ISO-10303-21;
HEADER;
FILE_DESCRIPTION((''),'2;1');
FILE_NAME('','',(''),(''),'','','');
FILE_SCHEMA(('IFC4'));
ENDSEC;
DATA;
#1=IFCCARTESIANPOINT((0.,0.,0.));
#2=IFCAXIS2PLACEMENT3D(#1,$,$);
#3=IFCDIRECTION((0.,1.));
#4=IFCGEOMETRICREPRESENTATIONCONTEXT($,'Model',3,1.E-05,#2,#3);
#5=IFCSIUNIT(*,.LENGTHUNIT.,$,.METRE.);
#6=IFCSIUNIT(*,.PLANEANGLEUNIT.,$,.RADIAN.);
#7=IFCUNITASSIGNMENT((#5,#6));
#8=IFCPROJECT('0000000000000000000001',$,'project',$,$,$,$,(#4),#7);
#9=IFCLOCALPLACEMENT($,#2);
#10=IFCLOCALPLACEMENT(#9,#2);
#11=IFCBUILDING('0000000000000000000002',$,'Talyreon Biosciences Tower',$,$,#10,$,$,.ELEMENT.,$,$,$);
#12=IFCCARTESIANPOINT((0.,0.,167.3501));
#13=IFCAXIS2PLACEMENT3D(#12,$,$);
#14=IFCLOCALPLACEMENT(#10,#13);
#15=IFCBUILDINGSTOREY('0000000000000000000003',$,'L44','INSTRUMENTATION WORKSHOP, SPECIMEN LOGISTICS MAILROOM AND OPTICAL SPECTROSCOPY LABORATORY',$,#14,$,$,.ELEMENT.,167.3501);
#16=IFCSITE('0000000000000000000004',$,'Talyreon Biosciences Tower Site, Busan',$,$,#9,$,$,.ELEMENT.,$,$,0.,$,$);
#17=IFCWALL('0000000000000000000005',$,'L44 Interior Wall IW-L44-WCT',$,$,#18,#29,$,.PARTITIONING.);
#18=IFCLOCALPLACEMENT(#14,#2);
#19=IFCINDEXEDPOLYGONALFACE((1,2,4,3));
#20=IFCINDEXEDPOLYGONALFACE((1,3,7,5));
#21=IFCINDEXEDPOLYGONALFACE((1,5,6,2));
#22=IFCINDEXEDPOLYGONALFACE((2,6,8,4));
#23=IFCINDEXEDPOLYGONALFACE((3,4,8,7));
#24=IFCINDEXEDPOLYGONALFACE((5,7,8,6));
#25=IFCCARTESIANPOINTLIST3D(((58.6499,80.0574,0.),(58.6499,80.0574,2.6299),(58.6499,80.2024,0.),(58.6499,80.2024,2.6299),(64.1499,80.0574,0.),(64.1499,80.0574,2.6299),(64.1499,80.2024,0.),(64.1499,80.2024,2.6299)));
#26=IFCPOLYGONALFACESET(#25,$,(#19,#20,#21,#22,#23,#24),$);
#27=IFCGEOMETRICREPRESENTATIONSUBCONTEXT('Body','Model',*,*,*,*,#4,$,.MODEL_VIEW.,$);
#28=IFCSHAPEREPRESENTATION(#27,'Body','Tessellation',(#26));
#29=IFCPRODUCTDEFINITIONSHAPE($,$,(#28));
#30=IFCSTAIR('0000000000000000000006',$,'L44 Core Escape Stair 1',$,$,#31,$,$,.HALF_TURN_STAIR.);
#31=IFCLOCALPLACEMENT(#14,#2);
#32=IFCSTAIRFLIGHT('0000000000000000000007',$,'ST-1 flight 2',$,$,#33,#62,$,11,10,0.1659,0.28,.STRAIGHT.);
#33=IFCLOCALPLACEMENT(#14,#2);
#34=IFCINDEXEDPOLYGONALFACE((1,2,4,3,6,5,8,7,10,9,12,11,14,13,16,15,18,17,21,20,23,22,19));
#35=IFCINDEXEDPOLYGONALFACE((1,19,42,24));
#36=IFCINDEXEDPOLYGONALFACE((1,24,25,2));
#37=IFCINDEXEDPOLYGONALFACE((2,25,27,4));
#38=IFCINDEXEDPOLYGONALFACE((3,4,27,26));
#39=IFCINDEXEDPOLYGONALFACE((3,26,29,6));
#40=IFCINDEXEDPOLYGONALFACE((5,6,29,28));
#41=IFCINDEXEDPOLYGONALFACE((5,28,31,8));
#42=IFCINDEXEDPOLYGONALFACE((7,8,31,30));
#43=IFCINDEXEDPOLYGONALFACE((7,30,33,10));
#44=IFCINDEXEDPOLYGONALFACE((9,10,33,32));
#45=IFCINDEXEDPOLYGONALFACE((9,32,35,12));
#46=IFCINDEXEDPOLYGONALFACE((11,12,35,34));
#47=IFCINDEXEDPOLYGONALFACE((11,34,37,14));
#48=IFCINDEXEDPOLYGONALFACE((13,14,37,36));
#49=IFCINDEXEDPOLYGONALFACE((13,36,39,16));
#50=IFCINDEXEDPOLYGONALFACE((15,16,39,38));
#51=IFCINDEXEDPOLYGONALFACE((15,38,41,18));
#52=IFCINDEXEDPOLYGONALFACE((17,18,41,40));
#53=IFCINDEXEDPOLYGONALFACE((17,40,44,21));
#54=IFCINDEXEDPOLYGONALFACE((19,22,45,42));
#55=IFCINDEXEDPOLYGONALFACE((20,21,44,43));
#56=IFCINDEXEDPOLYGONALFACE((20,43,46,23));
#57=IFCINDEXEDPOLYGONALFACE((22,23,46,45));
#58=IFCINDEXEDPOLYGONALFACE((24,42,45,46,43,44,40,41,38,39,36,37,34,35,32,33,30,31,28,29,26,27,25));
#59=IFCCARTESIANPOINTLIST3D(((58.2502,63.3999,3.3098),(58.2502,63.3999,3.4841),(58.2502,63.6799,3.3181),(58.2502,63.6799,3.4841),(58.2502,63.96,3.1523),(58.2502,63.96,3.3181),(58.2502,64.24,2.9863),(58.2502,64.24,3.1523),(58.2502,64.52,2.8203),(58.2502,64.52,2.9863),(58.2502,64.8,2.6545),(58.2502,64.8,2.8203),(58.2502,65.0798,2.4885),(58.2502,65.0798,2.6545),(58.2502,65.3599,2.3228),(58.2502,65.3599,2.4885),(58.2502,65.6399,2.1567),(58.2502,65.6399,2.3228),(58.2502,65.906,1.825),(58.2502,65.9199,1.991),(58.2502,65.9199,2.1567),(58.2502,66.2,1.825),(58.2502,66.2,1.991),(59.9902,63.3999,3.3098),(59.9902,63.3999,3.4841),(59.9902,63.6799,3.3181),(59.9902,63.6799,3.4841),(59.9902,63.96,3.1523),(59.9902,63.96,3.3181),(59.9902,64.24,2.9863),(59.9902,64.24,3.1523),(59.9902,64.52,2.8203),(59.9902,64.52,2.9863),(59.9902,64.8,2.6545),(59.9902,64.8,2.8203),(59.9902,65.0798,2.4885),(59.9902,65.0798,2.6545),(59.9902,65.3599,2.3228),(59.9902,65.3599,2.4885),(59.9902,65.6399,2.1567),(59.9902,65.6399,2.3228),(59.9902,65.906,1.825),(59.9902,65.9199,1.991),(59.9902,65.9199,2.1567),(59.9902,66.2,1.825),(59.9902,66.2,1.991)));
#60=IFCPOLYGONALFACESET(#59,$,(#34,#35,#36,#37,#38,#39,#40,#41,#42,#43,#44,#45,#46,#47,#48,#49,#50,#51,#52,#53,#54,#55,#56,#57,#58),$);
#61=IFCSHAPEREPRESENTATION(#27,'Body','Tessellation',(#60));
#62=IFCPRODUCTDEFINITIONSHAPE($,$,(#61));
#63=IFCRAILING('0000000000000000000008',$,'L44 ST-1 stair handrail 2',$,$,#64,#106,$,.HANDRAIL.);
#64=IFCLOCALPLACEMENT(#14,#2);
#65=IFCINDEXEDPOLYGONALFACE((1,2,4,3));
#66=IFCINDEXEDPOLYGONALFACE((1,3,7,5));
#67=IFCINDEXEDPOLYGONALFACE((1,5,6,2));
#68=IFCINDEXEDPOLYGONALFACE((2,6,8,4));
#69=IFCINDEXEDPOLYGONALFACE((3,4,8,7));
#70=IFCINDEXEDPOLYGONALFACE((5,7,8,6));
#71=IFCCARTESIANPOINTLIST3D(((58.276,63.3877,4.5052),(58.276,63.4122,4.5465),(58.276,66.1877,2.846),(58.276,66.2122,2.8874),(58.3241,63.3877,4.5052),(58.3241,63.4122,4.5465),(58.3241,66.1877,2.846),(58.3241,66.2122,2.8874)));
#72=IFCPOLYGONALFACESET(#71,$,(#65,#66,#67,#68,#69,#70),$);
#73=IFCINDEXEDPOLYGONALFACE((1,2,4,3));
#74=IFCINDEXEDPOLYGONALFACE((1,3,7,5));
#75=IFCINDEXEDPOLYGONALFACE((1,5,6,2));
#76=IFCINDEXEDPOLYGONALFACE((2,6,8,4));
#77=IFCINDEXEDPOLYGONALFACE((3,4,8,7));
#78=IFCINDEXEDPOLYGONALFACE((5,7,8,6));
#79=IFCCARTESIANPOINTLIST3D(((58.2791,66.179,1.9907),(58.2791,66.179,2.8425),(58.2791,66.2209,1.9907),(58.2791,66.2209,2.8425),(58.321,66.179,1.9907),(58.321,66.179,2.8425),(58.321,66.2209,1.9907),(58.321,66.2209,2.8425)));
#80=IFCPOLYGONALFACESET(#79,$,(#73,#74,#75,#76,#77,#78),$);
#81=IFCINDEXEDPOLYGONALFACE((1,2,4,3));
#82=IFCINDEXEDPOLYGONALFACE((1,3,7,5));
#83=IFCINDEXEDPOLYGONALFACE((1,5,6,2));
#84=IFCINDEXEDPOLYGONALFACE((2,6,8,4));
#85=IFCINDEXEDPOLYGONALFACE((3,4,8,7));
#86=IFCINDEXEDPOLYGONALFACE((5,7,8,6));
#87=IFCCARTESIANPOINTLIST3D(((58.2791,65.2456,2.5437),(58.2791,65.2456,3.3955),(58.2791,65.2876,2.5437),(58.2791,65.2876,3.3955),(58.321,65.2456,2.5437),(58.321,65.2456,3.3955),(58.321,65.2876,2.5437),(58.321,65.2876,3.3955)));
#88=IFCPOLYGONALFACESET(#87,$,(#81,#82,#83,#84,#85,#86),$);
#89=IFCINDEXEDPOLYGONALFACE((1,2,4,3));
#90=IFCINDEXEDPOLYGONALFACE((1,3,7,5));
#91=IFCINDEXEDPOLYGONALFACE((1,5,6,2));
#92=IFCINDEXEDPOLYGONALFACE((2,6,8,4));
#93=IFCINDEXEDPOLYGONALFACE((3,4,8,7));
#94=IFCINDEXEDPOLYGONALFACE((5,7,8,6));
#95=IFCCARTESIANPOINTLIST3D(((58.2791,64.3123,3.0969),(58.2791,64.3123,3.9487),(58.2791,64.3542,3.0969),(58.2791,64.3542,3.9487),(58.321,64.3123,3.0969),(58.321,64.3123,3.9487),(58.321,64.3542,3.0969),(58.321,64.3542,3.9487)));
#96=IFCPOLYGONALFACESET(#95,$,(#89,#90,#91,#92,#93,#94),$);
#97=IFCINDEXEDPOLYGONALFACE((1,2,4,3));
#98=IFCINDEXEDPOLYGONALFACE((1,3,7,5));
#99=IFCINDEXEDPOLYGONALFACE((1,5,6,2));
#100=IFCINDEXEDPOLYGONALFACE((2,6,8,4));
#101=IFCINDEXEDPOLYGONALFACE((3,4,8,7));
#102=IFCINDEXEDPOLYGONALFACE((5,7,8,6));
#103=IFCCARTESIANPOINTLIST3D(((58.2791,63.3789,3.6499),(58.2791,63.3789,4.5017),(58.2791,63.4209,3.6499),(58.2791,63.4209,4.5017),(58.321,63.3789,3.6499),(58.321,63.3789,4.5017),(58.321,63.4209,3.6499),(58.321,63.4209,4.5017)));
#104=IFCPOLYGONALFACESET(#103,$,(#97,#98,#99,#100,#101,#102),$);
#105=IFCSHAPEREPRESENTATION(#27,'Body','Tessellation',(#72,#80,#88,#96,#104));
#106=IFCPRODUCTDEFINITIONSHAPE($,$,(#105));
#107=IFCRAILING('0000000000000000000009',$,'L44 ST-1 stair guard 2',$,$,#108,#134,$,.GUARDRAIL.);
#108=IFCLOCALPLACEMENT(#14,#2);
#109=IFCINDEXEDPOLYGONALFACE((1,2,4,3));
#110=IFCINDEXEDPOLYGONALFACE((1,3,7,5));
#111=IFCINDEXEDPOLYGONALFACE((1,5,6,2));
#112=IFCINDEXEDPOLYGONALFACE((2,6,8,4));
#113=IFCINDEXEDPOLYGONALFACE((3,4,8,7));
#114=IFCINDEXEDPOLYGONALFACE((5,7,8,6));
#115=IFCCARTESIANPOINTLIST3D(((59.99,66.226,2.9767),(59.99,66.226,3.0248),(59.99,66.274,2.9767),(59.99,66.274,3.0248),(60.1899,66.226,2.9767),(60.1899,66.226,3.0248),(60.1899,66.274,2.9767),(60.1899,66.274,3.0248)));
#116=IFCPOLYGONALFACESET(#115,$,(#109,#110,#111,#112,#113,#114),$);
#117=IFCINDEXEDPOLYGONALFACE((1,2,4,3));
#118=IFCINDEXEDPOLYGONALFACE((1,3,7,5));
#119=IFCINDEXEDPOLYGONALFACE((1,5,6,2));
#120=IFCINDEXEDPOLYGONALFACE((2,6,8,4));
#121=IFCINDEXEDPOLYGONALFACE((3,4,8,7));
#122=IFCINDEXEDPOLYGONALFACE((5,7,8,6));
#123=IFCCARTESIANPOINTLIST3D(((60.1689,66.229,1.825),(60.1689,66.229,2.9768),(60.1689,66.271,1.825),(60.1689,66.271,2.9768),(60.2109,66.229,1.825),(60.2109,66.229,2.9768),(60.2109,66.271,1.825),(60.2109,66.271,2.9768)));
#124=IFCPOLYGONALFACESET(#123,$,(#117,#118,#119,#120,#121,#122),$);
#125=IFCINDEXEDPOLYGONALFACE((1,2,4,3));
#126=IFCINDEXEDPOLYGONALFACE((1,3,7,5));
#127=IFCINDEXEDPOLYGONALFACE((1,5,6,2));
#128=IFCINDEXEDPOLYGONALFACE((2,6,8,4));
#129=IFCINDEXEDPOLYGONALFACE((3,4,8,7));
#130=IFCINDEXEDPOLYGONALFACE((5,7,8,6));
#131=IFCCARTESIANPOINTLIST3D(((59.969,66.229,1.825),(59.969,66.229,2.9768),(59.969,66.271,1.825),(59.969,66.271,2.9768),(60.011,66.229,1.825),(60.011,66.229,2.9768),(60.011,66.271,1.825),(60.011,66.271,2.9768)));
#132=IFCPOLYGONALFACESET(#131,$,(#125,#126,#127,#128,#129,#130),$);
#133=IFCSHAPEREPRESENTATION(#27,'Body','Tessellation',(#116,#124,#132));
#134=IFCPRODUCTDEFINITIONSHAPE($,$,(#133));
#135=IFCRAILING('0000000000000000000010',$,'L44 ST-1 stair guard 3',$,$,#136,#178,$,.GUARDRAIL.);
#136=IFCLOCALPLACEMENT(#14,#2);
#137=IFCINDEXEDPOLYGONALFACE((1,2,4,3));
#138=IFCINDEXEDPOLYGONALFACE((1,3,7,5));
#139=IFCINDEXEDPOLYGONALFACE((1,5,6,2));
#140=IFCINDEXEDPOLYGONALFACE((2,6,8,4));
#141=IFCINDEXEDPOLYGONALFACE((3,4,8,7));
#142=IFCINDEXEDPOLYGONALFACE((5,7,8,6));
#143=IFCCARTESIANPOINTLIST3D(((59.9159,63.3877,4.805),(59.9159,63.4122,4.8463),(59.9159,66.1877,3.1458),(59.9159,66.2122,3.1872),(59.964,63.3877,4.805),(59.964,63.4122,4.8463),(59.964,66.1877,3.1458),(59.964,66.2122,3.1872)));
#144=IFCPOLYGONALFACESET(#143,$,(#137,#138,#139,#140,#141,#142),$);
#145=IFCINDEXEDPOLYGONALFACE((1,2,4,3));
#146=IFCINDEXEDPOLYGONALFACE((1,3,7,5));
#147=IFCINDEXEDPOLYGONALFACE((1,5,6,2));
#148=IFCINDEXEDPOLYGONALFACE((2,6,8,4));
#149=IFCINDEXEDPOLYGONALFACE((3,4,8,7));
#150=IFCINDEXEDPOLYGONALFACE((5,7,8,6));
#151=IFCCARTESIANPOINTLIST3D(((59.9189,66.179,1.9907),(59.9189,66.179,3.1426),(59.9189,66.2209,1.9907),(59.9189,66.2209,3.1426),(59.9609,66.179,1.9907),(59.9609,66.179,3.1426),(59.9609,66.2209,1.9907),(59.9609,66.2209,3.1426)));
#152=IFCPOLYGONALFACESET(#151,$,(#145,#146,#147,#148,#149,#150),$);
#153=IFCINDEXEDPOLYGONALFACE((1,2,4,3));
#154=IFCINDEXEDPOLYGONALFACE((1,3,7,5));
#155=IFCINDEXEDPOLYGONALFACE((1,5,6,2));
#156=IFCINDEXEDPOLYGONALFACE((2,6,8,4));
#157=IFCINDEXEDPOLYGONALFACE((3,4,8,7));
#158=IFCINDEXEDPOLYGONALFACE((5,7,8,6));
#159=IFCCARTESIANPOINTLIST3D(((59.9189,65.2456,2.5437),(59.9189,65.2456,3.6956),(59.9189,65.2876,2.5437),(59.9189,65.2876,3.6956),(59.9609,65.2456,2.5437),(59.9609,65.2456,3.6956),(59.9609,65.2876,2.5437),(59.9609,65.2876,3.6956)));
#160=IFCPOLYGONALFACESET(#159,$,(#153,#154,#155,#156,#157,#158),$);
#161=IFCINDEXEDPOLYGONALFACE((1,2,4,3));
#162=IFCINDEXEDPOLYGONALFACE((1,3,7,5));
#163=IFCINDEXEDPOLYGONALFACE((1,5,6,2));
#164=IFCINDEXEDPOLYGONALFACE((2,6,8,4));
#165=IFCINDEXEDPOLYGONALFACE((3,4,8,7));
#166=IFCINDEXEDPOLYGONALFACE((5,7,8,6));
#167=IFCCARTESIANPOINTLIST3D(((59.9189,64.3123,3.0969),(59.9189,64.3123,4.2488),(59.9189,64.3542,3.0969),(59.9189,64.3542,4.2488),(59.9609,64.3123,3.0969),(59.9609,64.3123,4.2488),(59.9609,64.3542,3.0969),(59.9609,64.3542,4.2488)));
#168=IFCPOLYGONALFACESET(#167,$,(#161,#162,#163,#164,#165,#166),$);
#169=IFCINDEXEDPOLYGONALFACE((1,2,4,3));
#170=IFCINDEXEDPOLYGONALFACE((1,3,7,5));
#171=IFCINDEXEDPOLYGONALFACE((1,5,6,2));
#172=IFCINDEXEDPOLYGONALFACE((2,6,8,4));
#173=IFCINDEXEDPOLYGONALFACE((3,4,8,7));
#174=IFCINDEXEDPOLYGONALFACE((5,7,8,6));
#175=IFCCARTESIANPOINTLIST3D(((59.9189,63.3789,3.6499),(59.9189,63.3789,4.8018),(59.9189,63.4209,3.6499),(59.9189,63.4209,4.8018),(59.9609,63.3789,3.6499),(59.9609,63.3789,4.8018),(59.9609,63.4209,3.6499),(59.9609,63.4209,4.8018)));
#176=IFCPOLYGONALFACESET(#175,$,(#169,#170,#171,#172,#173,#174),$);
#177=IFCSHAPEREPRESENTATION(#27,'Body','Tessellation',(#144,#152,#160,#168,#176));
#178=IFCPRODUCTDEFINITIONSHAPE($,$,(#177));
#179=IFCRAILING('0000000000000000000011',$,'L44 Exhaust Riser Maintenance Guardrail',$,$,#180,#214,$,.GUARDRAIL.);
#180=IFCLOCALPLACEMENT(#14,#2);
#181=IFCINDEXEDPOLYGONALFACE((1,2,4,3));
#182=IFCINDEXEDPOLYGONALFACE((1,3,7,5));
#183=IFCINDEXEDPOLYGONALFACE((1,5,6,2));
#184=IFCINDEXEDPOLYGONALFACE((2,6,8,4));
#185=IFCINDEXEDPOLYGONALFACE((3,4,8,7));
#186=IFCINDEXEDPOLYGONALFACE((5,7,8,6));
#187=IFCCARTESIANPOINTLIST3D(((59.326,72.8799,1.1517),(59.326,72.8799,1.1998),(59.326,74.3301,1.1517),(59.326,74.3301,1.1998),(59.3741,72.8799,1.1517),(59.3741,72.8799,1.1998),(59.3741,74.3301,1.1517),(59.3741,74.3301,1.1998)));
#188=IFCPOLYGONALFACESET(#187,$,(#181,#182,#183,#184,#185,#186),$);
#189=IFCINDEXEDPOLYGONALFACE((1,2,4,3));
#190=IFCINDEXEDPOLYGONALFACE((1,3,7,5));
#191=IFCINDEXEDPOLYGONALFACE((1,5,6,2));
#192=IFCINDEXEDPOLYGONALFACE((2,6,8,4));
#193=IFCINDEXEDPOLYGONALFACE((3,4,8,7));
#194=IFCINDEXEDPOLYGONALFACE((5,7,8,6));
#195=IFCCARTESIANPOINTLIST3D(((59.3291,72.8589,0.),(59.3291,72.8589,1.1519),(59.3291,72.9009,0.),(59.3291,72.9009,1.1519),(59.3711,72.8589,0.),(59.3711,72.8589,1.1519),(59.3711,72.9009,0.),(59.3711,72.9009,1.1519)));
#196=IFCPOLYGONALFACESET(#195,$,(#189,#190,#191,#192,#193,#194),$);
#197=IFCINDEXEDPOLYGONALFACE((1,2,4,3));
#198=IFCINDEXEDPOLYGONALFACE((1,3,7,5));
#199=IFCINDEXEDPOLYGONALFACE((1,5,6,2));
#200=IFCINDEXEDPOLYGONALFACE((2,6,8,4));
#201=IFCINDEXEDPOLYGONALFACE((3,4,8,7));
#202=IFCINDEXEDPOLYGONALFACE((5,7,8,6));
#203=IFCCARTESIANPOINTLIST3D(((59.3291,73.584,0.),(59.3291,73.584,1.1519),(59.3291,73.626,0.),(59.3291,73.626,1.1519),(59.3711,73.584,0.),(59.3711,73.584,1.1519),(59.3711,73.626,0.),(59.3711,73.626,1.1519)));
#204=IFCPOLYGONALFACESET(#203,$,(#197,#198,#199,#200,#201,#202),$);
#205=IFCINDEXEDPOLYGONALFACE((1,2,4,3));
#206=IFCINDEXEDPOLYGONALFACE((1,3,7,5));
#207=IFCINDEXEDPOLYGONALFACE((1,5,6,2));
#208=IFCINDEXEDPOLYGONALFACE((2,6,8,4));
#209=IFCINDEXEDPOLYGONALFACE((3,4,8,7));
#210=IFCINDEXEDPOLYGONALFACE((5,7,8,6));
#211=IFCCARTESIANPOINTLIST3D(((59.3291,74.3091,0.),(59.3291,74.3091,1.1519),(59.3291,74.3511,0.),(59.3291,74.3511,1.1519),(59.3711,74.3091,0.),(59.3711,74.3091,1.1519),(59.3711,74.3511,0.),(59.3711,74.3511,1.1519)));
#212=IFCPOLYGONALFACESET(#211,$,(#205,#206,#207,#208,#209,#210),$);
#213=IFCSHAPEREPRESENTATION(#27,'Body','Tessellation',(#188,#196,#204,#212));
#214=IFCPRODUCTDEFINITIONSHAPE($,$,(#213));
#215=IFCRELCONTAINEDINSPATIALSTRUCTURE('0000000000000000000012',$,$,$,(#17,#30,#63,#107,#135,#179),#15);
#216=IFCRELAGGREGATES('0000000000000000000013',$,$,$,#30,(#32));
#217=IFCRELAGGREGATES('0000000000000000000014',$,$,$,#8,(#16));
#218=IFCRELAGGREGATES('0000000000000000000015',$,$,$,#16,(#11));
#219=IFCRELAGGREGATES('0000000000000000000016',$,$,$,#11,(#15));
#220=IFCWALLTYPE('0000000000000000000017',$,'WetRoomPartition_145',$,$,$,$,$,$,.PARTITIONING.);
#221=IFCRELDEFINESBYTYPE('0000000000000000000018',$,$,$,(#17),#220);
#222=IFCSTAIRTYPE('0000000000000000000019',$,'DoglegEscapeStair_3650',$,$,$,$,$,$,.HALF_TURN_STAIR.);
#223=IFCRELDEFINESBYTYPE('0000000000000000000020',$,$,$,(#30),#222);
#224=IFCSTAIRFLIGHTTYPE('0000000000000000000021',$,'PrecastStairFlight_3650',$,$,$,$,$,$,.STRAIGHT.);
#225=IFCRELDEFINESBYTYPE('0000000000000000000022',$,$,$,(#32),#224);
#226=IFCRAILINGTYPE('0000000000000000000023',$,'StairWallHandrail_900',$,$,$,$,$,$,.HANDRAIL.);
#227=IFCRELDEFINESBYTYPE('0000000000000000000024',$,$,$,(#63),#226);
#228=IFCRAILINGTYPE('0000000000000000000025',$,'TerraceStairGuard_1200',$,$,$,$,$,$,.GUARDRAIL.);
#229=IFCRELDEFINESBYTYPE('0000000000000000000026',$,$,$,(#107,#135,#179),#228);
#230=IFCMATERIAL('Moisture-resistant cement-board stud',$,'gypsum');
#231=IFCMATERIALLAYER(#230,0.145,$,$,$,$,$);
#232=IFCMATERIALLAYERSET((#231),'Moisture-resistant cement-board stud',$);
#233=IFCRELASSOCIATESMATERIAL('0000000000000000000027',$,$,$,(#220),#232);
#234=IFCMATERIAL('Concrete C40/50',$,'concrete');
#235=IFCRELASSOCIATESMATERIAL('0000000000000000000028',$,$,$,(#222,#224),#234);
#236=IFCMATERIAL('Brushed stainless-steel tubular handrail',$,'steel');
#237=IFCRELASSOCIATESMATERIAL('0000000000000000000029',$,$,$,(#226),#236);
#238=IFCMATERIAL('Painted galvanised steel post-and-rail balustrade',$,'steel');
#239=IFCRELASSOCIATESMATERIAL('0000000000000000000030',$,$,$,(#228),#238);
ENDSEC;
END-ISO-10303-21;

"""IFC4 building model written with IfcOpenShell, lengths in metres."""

from ifc_helpers import new_model, si_unit, direction, frame, frame_2d, origin, origin_2d, place, context, subcontext, project, spatial, polyline, rectangle, outline, extrude, material, layer, layer_set, type_object, element, aggregate, save


model = new_model("IFC4")

# Units and contexts
model_context = context("Model", 3, precision=1e-05, world=origin(), true_north=direction((0.0, 1.0)))
body_context = subcontext(model_context, "Body", "Model", "MODEL_VIEW")
ifc_project = project(units=[si_unit("LENGTHUNIT", "METRE"), si_unit("PLANEANGLEUNIT", "RADIAN")], contexts=[model_context])

# Site, building, storey
site_placement = place(None, origin())
site = spatial("IfcSite", under=ifc_project, at=site_placement, Name="Talyreon Biosciences Tower Site, Busan", CompositionType="ELEMENT", RefElevation=0.0)
building_placement = place(site_placement, origin())
building = spatial("IfcBuilding", under=site, at=building_placement, Name="Talyreon Biosciences Tower", CompositionType="ELEMENT")
storey_placement = place(building_placement, frame((0.0, 0.0, 167.3501)))
storey = spatial("IfcBuildingStorey", under=building, at=storey_placement, Name="L44", Description="INSTRUMENTATION WORKSHOP, SPECIMEN LOGISTICS MAILROOM AND OPTICAL SPECTROSCOPY LABORATORY", CompositionType="ELEMENT", Elevation=167.3501)

# Wall
ifc_material_1 = material(Name="Moisture-resistant cement-board stud", Category="gypsum")
ifc_layer_1 = layer(ifc_material_1, 0.145)
ifc_layer_set_1 = layer_set([ifc_layer_1], Name="Moisture-resistant cement-board stud")
wall_type_1 = type_object("IfcWallType", Name="WetRoomPartition_145", PredefinedType="PARTITIONING", material=ifc_layer_set_1)
wall_1_placement = place(storey_placement, frame((58.6499, 80.1299, 0.0), z_axis=(0.0, 0.0, 1.0), x_axis=(1.0, 0.0, 0.0)))
element("IfcWall", 1, at=wall_1_placement, inside=storey, type_object=wall_type_1, Name="L44 Interior Wall IW-L44-WCT", PredefinedType="PARTITIONING", context=body_context, shape_type="SweptSolid", body=[
    extrude(rectangle(XDim=5.5, YDim=0.145, at=frame_2d((2.75, 0.0))), origin(), (0.0, 0.0, 1.0), 2.6299),
])

# Stair, stair flight
ifc_material_2 = material(Name="Concrete C40/50", Category="concrete")
stair_type = type_object("IfcStairType", Name="DoglegEscapeStair_3650", PredefinedType="HALF_TURN_STAIR", material=ifc_material_2)
stair_placement = place(storey_placement, origin())
stair = element("IfcStair", 2, at=stair_placement, inside=storey, type_object=stair_type, Name="L44 Core Escape Stair 1", PredefinedType="HALF_TURN_STAIR")
stair_flight_type = type_object("IfcStairFlightType", Name="PrecastStairFlight_3650", PredefinedType="STRAIGHT", material=ifc_material_2)
stair_flight_placement = place(storey_placement, frame((59.1201, 66.2, 1.825), z_axis=(0.0, 0.0, 1.0), x_axis=(0.0, -1.0, 0.0)))
stair_flight = element("IfcStairFlight", 3, at=stair_flight_placement, type_object=stair_flight_type, Name="ST-1 flight 2", NumberOfRisers=11, NumberOfTreads=10, PredefinedType="STRAIGHT", RiserHeight=0.1659, TreadLength=0.28, context=body_context, shape_type="SweptSolid", body=[
    extrude(outline(polyline([(0.0, 0.0), (0.0, 0.166), (0.28, 0.166), (0.28, 0.3318), (0.5601, 0.3318), (0.5601, 0.4978), (0.8401, 0.4978), (0.8401, 0.6636), (1.1201, 0.6636), (1.1201, 0.8296), (1.3999, 0.8296), (1.3999, 0.9954), (1.6799, 0.9954), (1.6799, 1.1614), (1.96, 1.1614), (1.96, 1.3274), (2.24, 1.3274), (2.24, 1.4932), (2.52, 1.4932), (2.52, 1.6592), (2.8, 1.6592), (2.8, 1.825), (2.8, 1.4849), (0.2939, 0.0), (0.0, 0.0)])), frame((0.0, 0.8701, 0.0), z_axis=(0.0, -1.0, 0.0), x_axis=(1.0, 0.0, 0.0)), (0.0, 0.0, 1.0), 1.74),
])
aggregate(stair, [stair_flight])

# Railings
ifc_material_3 = material(Name="Brushed stainless-steel tubular handrail", Category="steel")
railing_type_1 = type_object("IfcRailingType", Name="StairWallHandrail_900", PredefinedType="HANDRAIL", material=ifc_material_3)
railing_1_placement = place(storey_placement, frame((58.3, 66.2, 1.9907)))
element("IfcRailing", 4, at=railing_1_placement, inside=storey, type_object=railing_type_1, Name="L44 ST-1 stair handrail 2", PredefinedType="HANDRAIL", context=body_context, shape_type="SweptSolid", body=[
    extrude(rectangle(XDim=0.0481, YDim=0.0481, at=origin_2d()), frame((0.0, 0.0, 0.876), z_axis=(0.0, -0.860306, 0.509778), x_axis=(1.0, 0.0, 0.0)), (0.0, 0.0, 1.0), 3.2546),
    extrude(rectangle(XDim=0.042, YDim=0.042, at=origin_2d()), origin(), (0.0, 0.0, 1.0), 0.8518),
    extrude(rectangle(XDim=0.042, YDim=0.042, at=origin_2d()), frame((0.0, -0.9333, 0.553)), (0.0, 0.0, 1.0), 0.8518),
    extrude(rectangle(XDim=0.042, YDim=0.042, at=origin_2d()), frame((0.0, -1.8667, 1.1062)), (0.0, 0.0, 1.0), 0.8518),
    extrude(rectangle(XDim=0.042, YDim=0.042, at=origin_2d()), frame((0.0, -2.8, 1.6592)), (0.0, 0.0, 1.0), 0.8518),
])
ifc_material_4 = material(Name="Painted galvanised steel post-and-rail balustrade", Category="steel")
railing_type_2 = type_object("IfcRailingType", Name="TerraceStairGuard_1200", PredefinedType="GUARDRAIL", material=ifc_material_4)
railing_2_placement = place(storey_placement, frame((60.1899, 66.25, 1.825)))
element("IfcRailing", 5, at=railing_2_placement, inside=storey, type_object=railing_type_2, Name="L44 ST-1 stair guard 2", PredefinedType="GUARDRAIL", context=body_context, shape_type="SweptSolid", body=[
    extrude(rectangle(XDim=0.0481, YDim=0.0481, at=origin_2d()), frame((0.0, 0.0, 1.1758), z_axis=(-1.0, 0.0, 0.0), x_axis=(0.0, -1.0, 0.0)), (0.0, 0.0, 1.0), 0.2),
    extrude(rectangle(XDim=0.042, YDim=0.042, at=origin_2d()), origin(), (0.0, 0.0, 1.0), 1.1519),
    extrude(rectangle(XDim=0.042, YDim=0.042, at=origin_2d()), frame((-0.2, 0.0, 0.0)), (0.0, 0.0, 1.0), 1.1519),
])
railing_3_placement = place(storey_placement, frame((59.9399, 66.2, 1.9907)))
element("IfcRailing", 6, at=railing_3_placement, inside=storey, type_object=railing_type_2, Name="L44 ST-1 stair guard 3", PredefinedType="GUARDRAIL", context=body_context, shape_type="SweptSolid", body=[
    extrude(rectangle(XDim=0.0481, YDim=0.0481, at=origin_2d()), frame((0.0, 0.0, 1.1758), z_axis=(0.0, -0.860306, 0.509778), x_axis=(1.0, 0.0, 0.0)), (0.0, 0.0, 1.0), 3.2546),
    extrude(rectangle(XDim=0.042, YDim=0.042, at=origin_2d()), origin(), (0.0, 0.0, 1.0), 1.1519),
    extrude(rectangle(XDim=0.042, YDim=0.042, at=origin_2d()), frame((0.0, -0.9333, 0.553)), (0.0, 0.0, 1.0), 1.1519),
    extrude(rectangle(XDim=0.042, YDim=0.042, at=origin_2d()), frame((0.0, -1.8667, 1.1062)), (0.0, 0.0, 1.0), 1.1519),
    extrude(rectangle(XDim=0.042, YDim=0.042, at=origin_2d()), frame((0.0, -2.8, 1.6592)), (0.0, 0.0, 1.0), 1.1519),
])
railing_4_placement = place(storey_placement, frame((59.3501, 72.8799, 0.0)))
element("IfcRailing", 7, at=railing_4_placement, inside=storey, type_object=railing_type_2, Name="L44 Exhaust Riser Maintenance Guardrail", PredefinedType="GUARDRAIL", context=body_context, shape_type="SweptSolid", body=[
    extrude(rectangle(XDim=0.0481, YDim=0.0481, at=origin_2d()), frame((0.0, 0.0, 1.1758), z_axis=(0.0, 1.0, 0.0), x_axis=(-1.0, 0.0, 0.0)), (0.0, 0.0, 1.0), 1.4502),
    extrude(rectangle(XDim=0.042, YDim=0.042, at=origin_2d()), origin(), (0.0, 0.0, 1.0), 1.1519),
    extrude(rectangle(XDim=0.042, YDim=0.042, at=origin_2d()), frame((0.0, 0.7251, 0.0)), (0.0, 0.0, 1.0), 1.1519),
    extrude(rectangle(XDim=0.042, YDim=0.042, at=origin_2d()), frame((0.0, 1.4502, 0.0)), (0.0, 0.0, 1.0), 1.1519),
])

save(model, "model.ifc")
